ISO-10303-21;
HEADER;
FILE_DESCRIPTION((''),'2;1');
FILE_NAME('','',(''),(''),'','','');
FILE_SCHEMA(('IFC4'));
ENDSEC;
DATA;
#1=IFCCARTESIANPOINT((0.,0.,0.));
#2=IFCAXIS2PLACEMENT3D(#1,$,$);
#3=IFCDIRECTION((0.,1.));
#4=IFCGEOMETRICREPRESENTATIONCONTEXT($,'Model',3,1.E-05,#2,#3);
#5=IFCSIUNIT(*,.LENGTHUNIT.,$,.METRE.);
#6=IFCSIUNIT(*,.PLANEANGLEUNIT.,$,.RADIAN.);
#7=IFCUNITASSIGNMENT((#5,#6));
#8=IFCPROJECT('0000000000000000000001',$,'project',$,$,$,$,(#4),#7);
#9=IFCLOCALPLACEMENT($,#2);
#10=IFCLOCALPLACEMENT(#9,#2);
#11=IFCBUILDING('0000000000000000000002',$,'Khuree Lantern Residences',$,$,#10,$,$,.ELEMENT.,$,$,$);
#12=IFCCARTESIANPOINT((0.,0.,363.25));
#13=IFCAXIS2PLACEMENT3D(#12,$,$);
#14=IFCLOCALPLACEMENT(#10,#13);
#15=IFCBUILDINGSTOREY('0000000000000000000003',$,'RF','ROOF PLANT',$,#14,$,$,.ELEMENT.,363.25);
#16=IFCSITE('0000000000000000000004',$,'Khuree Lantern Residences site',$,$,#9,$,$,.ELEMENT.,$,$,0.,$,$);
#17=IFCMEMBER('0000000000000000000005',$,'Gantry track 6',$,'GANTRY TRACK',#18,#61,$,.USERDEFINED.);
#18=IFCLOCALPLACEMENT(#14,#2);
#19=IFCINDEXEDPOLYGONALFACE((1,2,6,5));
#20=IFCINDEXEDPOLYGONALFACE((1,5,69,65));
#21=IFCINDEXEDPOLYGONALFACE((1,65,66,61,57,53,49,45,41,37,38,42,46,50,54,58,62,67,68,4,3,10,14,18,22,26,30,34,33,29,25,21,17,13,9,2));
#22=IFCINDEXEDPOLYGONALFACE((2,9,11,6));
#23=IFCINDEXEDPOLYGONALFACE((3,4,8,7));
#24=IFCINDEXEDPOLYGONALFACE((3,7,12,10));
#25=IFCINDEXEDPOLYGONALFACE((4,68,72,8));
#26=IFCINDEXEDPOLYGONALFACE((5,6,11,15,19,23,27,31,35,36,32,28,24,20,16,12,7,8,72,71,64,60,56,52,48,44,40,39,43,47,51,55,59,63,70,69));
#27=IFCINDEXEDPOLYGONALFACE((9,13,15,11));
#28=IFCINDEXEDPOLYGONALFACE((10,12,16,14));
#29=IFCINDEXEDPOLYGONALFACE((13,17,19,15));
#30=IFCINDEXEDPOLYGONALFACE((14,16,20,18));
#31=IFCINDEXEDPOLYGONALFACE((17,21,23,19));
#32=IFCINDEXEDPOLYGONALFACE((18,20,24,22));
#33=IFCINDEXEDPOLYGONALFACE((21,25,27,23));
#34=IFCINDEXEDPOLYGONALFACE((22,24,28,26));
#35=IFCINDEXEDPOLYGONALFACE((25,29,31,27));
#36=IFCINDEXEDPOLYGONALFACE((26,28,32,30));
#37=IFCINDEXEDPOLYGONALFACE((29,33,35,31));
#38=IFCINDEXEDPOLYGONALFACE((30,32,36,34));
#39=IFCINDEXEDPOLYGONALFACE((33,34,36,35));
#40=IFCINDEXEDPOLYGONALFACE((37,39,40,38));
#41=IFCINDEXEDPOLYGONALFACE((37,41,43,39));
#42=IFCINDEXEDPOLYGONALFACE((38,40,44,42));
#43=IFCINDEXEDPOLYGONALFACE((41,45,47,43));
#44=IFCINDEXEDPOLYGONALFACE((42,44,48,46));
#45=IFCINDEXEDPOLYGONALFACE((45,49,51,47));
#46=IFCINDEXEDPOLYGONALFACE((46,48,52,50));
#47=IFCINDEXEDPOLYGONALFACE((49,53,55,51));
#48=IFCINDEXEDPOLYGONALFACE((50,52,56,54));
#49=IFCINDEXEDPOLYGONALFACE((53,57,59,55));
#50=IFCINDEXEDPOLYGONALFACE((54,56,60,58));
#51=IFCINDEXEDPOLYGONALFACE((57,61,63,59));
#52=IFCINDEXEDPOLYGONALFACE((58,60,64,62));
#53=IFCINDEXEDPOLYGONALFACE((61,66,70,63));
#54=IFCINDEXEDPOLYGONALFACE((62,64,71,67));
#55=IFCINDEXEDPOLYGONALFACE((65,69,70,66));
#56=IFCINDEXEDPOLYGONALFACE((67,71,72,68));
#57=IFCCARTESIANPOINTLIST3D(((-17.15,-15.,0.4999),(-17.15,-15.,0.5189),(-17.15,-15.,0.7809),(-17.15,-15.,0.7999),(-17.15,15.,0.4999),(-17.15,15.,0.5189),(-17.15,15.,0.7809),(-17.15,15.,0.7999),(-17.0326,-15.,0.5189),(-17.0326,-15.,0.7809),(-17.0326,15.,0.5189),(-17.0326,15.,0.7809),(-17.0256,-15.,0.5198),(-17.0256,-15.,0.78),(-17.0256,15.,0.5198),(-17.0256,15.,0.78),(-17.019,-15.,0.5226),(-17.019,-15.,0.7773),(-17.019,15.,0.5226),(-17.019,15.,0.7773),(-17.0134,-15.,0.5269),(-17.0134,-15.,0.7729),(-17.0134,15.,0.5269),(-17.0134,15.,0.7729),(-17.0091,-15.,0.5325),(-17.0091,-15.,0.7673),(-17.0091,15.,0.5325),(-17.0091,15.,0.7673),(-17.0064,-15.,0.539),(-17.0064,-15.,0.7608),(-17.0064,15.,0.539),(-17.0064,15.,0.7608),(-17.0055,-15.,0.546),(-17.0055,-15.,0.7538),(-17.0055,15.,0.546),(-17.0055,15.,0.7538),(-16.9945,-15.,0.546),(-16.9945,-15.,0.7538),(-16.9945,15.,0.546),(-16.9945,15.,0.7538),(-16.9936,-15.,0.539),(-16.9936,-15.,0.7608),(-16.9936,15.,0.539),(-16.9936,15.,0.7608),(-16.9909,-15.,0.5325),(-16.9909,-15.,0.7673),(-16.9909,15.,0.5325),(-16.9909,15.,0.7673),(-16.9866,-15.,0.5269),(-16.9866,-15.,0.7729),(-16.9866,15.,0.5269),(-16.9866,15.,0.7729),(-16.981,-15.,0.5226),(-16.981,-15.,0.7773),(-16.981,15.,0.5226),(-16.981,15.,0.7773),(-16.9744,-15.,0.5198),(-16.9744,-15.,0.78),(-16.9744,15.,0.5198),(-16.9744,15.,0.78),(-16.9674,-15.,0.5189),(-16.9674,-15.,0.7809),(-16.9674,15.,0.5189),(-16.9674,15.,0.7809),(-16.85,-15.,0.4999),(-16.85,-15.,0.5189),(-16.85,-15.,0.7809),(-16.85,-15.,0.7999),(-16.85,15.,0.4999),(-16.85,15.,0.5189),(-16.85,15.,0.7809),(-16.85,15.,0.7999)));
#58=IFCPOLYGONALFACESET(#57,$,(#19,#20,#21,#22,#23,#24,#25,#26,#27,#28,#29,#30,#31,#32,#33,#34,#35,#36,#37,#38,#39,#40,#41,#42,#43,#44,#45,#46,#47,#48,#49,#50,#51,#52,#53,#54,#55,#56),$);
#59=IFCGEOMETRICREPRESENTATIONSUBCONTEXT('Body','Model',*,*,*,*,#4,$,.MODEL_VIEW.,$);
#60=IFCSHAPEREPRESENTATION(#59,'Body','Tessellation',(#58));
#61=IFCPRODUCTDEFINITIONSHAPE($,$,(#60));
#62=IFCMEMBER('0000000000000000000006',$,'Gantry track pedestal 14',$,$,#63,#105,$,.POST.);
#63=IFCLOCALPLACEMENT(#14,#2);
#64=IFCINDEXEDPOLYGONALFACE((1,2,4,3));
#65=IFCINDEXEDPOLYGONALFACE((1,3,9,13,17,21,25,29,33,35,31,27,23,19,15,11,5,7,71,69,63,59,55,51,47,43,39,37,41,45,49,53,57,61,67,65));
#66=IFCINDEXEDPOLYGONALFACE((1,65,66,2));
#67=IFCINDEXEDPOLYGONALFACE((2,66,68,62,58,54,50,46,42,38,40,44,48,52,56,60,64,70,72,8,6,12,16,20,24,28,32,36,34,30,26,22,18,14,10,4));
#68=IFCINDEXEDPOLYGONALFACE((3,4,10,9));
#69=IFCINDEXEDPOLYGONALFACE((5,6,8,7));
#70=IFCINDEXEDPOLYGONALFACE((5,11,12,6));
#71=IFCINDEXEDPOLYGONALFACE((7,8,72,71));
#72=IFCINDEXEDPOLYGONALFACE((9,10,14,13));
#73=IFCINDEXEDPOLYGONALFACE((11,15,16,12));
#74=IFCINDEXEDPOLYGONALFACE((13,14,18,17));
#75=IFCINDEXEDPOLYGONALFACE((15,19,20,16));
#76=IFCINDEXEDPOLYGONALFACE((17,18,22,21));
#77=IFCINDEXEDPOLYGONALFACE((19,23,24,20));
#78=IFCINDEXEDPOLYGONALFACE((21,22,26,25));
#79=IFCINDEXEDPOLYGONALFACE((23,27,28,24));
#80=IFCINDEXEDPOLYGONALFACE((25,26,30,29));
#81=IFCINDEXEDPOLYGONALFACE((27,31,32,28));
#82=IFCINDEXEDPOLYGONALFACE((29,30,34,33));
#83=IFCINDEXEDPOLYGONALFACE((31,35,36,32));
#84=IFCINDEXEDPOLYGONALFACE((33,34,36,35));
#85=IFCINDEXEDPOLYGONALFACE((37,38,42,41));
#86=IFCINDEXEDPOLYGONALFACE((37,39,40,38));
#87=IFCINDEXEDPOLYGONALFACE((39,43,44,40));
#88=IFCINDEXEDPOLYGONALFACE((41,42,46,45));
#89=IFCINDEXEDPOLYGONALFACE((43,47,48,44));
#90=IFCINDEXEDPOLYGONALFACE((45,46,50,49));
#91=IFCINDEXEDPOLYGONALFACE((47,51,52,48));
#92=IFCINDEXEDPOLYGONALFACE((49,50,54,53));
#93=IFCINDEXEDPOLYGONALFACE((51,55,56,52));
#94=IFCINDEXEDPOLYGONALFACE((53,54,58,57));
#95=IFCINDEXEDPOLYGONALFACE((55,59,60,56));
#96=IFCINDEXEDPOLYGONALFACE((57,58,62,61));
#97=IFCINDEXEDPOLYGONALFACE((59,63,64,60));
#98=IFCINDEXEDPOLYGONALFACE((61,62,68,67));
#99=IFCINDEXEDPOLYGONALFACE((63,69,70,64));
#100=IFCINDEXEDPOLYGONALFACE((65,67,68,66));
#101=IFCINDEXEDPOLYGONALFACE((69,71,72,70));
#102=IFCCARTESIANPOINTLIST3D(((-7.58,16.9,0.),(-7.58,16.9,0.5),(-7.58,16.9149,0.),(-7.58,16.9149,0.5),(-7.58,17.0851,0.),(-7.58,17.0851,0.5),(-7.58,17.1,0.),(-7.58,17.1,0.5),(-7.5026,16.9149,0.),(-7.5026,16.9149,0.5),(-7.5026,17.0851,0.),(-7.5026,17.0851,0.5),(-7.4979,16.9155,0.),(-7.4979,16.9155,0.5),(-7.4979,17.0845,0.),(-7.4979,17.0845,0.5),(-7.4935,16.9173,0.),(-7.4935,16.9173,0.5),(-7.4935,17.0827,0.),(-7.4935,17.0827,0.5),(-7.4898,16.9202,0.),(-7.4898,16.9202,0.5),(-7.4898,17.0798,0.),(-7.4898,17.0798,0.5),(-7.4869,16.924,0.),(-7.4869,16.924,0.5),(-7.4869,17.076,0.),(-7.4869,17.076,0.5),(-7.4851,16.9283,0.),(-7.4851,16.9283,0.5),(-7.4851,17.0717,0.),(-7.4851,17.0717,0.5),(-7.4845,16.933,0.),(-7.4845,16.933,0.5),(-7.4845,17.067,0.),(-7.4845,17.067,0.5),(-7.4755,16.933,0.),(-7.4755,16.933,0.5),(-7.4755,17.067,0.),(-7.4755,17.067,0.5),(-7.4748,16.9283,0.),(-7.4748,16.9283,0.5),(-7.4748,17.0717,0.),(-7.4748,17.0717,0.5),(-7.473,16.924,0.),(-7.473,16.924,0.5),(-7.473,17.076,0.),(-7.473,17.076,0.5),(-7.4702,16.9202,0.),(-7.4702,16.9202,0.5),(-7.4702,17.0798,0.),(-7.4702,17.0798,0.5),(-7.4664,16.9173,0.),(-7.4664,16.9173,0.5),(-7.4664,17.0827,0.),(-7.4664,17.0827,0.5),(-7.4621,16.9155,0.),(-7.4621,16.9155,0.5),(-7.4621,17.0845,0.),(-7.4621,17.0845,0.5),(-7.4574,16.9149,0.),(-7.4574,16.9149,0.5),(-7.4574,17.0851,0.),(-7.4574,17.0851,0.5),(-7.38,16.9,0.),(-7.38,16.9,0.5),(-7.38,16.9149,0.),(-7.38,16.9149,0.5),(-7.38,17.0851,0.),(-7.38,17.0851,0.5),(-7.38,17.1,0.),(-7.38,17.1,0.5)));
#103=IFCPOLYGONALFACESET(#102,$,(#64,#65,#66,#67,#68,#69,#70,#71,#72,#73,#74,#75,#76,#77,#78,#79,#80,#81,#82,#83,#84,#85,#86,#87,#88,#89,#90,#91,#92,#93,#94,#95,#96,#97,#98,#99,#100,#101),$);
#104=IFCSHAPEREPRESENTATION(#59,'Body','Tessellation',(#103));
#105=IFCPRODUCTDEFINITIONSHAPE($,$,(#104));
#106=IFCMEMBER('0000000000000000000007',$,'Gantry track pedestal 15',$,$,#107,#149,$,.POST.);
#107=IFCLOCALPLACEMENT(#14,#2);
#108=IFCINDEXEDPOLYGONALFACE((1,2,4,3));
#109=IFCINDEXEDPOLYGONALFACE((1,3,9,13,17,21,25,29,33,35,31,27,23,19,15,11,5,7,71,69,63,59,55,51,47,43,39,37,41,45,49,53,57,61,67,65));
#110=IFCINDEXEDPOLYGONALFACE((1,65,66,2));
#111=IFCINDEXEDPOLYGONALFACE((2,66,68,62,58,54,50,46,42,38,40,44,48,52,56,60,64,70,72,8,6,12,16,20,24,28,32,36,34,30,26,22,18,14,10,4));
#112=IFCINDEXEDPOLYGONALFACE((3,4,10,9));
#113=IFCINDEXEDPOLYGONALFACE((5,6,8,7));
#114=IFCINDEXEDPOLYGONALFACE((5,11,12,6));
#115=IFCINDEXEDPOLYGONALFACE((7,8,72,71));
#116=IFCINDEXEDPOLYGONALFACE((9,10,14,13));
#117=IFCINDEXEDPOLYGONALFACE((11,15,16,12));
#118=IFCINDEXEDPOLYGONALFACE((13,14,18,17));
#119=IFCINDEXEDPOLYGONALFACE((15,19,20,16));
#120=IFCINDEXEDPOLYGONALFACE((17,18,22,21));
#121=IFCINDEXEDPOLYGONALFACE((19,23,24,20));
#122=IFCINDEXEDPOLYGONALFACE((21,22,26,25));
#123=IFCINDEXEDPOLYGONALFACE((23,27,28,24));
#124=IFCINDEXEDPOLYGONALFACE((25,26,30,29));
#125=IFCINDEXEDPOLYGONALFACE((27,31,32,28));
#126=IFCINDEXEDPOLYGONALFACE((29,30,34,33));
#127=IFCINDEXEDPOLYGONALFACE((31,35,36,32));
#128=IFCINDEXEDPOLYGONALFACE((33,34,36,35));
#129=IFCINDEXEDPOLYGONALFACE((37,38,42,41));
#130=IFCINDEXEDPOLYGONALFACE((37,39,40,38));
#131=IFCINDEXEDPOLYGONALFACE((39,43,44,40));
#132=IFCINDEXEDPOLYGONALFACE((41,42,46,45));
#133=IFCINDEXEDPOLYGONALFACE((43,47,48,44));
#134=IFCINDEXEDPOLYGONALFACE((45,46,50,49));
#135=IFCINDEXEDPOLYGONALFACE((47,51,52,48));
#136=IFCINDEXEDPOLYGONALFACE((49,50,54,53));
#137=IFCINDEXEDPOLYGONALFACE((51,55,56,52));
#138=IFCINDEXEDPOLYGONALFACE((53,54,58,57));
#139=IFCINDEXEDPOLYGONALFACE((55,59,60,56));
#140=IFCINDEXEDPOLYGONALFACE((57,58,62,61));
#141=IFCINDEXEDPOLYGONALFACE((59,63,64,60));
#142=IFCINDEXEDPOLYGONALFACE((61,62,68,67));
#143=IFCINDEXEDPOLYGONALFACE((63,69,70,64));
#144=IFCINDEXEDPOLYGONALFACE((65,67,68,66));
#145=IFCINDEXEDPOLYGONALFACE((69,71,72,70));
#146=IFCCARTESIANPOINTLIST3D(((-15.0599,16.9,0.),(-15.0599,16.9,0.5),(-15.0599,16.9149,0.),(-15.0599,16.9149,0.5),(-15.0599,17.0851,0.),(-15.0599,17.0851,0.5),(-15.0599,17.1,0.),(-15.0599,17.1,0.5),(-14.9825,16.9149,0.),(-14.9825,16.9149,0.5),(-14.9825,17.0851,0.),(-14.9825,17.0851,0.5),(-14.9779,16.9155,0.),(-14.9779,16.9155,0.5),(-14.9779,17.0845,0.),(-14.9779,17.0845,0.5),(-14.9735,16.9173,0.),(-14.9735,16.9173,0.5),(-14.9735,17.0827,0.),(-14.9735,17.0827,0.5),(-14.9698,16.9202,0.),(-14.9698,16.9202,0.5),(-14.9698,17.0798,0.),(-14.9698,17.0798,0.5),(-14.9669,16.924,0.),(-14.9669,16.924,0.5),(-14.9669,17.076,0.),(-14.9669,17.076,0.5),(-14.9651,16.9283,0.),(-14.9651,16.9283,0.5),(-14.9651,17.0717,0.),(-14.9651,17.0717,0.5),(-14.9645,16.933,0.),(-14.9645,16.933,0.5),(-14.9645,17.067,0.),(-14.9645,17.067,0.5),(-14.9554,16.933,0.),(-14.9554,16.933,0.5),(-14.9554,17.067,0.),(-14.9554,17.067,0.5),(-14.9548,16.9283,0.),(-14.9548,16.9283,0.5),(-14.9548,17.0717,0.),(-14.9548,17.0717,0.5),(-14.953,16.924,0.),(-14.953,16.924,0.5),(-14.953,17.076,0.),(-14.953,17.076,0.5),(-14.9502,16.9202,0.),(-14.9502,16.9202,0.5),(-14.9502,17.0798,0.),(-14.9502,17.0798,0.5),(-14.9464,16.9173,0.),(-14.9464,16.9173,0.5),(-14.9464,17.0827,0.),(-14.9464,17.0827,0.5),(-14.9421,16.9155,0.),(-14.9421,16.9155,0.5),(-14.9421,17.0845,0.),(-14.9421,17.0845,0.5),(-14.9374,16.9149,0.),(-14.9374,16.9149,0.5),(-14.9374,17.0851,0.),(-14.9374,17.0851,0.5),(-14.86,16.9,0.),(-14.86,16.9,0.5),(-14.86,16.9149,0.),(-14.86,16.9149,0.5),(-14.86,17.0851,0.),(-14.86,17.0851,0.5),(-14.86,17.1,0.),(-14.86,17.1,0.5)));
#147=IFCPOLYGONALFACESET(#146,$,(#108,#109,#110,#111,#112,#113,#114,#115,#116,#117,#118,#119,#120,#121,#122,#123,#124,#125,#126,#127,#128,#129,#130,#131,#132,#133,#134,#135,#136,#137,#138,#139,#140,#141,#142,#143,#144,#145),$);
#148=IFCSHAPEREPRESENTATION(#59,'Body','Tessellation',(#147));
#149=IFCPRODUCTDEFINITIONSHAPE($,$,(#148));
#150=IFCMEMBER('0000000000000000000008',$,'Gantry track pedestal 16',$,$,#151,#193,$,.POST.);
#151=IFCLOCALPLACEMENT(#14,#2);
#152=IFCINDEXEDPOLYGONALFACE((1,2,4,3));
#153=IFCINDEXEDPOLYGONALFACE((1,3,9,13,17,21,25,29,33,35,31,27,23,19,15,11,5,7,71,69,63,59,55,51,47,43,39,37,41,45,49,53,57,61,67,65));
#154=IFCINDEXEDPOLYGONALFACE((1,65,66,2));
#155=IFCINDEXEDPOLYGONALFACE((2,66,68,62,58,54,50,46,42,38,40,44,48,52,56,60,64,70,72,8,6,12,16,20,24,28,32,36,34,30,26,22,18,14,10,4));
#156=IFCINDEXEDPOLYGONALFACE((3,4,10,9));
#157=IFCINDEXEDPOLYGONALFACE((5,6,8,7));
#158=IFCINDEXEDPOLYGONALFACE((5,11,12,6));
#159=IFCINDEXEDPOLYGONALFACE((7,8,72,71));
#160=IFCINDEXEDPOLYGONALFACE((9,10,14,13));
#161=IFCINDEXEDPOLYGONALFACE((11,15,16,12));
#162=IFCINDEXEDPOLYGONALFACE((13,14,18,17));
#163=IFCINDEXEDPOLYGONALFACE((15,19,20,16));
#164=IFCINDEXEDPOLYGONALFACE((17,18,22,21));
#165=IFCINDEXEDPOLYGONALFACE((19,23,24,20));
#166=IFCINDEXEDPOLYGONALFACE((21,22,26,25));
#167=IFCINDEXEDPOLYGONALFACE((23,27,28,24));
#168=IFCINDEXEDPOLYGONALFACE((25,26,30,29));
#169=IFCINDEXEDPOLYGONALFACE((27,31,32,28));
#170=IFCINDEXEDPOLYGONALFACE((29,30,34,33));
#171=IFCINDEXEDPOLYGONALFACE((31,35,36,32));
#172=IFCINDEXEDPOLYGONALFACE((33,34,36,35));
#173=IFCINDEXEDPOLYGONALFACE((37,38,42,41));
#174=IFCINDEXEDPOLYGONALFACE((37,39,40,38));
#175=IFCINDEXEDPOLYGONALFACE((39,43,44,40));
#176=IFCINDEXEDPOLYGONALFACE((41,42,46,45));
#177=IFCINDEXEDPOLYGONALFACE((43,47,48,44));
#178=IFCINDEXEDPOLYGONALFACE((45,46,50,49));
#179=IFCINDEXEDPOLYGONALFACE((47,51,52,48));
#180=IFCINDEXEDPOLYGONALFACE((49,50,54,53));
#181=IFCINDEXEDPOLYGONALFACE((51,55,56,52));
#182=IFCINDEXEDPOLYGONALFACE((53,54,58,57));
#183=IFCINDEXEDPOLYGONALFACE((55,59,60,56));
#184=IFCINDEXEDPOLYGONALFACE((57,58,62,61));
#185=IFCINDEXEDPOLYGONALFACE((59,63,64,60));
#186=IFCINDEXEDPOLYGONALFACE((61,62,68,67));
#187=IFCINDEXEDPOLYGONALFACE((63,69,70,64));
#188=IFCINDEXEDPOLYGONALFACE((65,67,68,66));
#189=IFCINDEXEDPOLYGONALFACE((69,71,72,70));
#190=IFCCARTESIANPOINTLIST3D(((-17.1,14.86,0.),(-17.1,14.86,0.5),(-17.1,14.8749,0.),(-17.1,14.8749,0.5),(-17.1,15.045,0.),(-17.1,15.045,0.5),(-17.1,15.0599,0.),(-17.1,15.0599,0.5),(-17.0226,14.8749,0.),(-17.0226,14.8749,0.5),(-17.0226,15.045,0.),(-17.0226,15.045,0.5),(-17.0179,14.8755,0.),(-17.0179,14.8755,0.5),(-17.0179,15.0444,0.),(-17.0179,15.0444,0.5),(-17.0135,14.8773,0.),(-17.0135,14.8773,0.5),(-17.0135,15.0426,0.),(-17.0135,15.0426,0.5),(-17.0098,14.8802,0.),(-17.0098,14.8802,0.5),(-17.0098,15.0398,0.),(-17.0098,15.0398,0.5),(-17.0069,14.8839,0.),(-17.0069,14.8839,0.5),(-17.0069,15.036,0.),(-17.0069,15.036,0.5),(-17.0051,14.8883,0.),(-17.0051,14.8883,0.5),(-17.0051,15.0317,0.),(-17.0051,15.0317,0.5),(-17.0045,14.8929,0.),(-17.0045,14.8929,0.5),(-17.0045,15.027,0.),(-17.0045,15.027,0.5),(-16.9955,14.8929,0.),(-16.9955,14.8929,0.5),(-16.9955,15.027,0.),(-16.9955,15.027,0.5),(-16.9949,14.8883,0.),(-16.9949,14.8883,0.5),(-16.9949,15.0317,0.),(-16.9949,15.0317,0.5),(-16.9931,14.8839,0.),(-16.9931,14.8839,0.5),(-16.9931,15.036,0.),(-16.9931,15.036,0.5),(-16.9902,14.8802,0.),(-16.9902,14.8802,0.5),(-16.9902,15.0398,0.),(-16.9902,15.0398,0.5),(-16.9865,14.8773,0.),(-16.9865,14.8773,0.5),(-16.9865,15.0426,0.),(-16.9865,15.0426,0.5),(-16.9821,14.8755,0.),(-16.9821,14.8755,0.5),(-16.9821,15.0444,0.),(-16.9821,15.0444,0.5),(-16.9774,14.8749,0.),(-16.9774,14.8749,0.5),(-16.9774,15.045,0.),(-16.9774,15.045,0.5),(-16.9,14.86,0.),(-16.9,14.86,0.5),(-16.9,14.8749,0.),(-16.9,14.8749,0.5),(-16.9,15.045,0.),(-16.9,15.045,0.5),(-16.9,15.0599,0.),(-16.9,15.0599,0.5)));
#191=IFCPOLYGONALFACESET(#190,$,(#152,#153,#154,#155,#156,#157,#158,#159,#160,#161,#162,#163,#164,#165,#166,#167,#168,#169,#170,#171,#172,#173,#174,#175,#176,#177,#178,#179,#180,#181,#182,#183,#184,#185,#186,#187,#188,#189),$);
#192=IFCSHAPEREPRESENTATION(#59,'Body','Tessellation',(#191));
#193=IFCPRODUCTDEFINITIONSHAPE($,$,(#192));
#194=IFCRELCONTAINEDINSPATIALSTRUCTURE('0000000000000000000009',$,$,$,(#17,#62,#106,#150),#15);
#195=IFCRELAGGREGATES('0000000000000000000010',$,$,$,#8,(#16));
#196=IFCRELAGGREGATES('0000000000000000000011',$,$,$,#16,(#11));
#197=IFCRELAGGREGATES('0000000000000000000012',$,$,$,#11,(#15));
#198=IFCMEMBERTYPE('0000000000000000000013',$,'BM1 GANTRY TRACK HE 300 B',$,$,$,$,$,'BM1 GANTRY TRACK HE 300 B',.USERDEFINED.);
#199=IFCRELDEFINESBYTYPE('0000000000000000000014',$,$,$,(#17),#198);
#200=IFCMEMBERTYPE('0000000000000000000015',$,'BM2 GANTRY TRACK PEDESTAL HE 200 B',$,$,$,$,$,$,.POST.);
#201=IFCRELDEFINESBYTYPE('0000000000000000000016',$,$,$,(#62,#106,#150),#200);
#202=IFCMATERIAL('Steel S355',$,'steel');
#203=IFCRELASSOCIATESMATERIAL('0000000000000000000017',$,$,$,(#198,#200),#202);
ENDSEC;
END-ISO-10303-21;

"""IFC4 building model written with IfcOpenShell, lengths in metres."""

from ifc_helpers import new_model, si_unit, direction, frame, origin, origin_2d, place, context, subcontext, project, spatial, i_section, extrude, material, material_profile, profile_set, type_object, element, save


model = new_model("IFC4")

# Units and contexts
model_context = context("Model", 3, precision=1e-05, world=origin(), true_north=direction((0.0, 1.0)))
body_context = subcontext(model_context, "Body", "Model", "MODEL_VIEW")
ifc_project = project(units=[si_unit("LENGTHUNIT", "METRE"), si_unit("PLANEANGLEUNIT", "RADIAN")], contexts=[model_context])

# Site, building, storey
site_placement = place(None, origin())
site = spatial("IfcSite", under=ifc_project, at=site_placement, Name="Khuree Lantern Residences site", CompositionType="ELEMENT", RefElevation=0.0)
building_placement = place(site_placement, origin())
building = spatial("IfcBuilding", under=site, at=building_placement, Name="Khuree Lantern Residences", CompositionType="ELEMENT")
storey_placement = place(building_placement, frame((0.0, 0.0, 363.25)))
storey = spatial("IfcBuildingStorey", under=building, at=storey_placement, Name="RF", Description="ROOF PLANT", CompositionType="ELEMENT", Elevation=363.25)

# Shared definitions
ifc_material_1 = material(Name="Steel S355", Category="steel")

# Members
ifc_material_profile_1 = material_profile(ifc_material_1, i_section(OverallWidth=0.3, OverallDepth=0.3, WebThickness=0.011, FlangeThickness=0.019, FilletRadius=0.0271, at=origin_2d()), Name="HE 300 B")
ifc_profile_set_1 = profile_set([ifc_material_profile_1], Name="Steel S355")
member_type_1 = type_object("IfcMemberType", Name="BM1 GANTRY TRACK HE 300 B", ElementType="BM1 GANTRY TRACK HE 300 B", PredefinedType="USERDEFINED", material=ifc_profile_set_1)
member_1_placement = place(storey_placement, frame((-17.0, 15.0, 0.6499), z_axis=(0.0, -1.0, 0.0), x_axis=(1.0, 0.0, 0.0)))
element("IfcMember", 1, at=member_1_placement, inside=storey, type_object=member_type_1, Name="Gantry track 6", ObjectType="GANTRY TRACK", PredefinedType="USERDEFINED", context=body_context, shape_type="SweptSolid", body=[
    extrude(i_section(OverallWidth=0.3, OverallDepth=0.3, WebThickness=0.011, FlangeThickness=0.019, FilletRadius=0.0271, at=origin_2d()), origin(), (0.0, 0.0, 1.0), 30.0),
])
ifc_material_profile_2 = material_profile(ifc_material_1, i_section(OverallWidth=0.2, OverallDepth=0.2, WebThickness=0.009, FlangeThickness=0.0149, FilletRadius=0.0181, at=origin_2d()), Name="HE 200 B")
ifc_profile_set_2 = profile_set([ifc_material_profile_2], Name="Steel S355")
member_type_2 = type_object("IfcMemberType", Name="BM2 GANTRY TRACK PEDESTAL HE 200 B", PredefinedType="POST", material=ifc_profile_set_2)
for number, where, z_axis, x_axis, name in (
    (2, (-7.48, 17.0, 0.0), (0.0, 0.0, 1.0), (1.0, 0.0, 0.0), "Gantry track pedestal 14"),
    (3, (-14.96, 17.0, 0.0), (0.0, 0.0, 1.0), (1.0, 0.0, 0.0), "Gantry track pedestal 15"),
    (4, (-17.0, 14.96, 0.0), (0.0, 0.0, 1.0), (1.0, 0.0, 0.0), "Gantry track pedestal 16"),
):
    element("IfcMember", number, at=place(storey_placement, frame(where, z_axis=z_axis, x_axis=x_axis)), inside=storey, type_object=member_type_2, Name=name, PredefinedType="POST", context=body_context, shape_type="SweptSolid", body=[
        extrude(i_section(OverallWidth=0.2, OverallDepth=0.2, WebThickness=0.009, FlangeThickness=0.0149, FilletRadius=0.0181, at=origin_2d()), origin(), (0.0, 0.0, 1.0), 0.5),
    ])

save(model, "model.ifc")
